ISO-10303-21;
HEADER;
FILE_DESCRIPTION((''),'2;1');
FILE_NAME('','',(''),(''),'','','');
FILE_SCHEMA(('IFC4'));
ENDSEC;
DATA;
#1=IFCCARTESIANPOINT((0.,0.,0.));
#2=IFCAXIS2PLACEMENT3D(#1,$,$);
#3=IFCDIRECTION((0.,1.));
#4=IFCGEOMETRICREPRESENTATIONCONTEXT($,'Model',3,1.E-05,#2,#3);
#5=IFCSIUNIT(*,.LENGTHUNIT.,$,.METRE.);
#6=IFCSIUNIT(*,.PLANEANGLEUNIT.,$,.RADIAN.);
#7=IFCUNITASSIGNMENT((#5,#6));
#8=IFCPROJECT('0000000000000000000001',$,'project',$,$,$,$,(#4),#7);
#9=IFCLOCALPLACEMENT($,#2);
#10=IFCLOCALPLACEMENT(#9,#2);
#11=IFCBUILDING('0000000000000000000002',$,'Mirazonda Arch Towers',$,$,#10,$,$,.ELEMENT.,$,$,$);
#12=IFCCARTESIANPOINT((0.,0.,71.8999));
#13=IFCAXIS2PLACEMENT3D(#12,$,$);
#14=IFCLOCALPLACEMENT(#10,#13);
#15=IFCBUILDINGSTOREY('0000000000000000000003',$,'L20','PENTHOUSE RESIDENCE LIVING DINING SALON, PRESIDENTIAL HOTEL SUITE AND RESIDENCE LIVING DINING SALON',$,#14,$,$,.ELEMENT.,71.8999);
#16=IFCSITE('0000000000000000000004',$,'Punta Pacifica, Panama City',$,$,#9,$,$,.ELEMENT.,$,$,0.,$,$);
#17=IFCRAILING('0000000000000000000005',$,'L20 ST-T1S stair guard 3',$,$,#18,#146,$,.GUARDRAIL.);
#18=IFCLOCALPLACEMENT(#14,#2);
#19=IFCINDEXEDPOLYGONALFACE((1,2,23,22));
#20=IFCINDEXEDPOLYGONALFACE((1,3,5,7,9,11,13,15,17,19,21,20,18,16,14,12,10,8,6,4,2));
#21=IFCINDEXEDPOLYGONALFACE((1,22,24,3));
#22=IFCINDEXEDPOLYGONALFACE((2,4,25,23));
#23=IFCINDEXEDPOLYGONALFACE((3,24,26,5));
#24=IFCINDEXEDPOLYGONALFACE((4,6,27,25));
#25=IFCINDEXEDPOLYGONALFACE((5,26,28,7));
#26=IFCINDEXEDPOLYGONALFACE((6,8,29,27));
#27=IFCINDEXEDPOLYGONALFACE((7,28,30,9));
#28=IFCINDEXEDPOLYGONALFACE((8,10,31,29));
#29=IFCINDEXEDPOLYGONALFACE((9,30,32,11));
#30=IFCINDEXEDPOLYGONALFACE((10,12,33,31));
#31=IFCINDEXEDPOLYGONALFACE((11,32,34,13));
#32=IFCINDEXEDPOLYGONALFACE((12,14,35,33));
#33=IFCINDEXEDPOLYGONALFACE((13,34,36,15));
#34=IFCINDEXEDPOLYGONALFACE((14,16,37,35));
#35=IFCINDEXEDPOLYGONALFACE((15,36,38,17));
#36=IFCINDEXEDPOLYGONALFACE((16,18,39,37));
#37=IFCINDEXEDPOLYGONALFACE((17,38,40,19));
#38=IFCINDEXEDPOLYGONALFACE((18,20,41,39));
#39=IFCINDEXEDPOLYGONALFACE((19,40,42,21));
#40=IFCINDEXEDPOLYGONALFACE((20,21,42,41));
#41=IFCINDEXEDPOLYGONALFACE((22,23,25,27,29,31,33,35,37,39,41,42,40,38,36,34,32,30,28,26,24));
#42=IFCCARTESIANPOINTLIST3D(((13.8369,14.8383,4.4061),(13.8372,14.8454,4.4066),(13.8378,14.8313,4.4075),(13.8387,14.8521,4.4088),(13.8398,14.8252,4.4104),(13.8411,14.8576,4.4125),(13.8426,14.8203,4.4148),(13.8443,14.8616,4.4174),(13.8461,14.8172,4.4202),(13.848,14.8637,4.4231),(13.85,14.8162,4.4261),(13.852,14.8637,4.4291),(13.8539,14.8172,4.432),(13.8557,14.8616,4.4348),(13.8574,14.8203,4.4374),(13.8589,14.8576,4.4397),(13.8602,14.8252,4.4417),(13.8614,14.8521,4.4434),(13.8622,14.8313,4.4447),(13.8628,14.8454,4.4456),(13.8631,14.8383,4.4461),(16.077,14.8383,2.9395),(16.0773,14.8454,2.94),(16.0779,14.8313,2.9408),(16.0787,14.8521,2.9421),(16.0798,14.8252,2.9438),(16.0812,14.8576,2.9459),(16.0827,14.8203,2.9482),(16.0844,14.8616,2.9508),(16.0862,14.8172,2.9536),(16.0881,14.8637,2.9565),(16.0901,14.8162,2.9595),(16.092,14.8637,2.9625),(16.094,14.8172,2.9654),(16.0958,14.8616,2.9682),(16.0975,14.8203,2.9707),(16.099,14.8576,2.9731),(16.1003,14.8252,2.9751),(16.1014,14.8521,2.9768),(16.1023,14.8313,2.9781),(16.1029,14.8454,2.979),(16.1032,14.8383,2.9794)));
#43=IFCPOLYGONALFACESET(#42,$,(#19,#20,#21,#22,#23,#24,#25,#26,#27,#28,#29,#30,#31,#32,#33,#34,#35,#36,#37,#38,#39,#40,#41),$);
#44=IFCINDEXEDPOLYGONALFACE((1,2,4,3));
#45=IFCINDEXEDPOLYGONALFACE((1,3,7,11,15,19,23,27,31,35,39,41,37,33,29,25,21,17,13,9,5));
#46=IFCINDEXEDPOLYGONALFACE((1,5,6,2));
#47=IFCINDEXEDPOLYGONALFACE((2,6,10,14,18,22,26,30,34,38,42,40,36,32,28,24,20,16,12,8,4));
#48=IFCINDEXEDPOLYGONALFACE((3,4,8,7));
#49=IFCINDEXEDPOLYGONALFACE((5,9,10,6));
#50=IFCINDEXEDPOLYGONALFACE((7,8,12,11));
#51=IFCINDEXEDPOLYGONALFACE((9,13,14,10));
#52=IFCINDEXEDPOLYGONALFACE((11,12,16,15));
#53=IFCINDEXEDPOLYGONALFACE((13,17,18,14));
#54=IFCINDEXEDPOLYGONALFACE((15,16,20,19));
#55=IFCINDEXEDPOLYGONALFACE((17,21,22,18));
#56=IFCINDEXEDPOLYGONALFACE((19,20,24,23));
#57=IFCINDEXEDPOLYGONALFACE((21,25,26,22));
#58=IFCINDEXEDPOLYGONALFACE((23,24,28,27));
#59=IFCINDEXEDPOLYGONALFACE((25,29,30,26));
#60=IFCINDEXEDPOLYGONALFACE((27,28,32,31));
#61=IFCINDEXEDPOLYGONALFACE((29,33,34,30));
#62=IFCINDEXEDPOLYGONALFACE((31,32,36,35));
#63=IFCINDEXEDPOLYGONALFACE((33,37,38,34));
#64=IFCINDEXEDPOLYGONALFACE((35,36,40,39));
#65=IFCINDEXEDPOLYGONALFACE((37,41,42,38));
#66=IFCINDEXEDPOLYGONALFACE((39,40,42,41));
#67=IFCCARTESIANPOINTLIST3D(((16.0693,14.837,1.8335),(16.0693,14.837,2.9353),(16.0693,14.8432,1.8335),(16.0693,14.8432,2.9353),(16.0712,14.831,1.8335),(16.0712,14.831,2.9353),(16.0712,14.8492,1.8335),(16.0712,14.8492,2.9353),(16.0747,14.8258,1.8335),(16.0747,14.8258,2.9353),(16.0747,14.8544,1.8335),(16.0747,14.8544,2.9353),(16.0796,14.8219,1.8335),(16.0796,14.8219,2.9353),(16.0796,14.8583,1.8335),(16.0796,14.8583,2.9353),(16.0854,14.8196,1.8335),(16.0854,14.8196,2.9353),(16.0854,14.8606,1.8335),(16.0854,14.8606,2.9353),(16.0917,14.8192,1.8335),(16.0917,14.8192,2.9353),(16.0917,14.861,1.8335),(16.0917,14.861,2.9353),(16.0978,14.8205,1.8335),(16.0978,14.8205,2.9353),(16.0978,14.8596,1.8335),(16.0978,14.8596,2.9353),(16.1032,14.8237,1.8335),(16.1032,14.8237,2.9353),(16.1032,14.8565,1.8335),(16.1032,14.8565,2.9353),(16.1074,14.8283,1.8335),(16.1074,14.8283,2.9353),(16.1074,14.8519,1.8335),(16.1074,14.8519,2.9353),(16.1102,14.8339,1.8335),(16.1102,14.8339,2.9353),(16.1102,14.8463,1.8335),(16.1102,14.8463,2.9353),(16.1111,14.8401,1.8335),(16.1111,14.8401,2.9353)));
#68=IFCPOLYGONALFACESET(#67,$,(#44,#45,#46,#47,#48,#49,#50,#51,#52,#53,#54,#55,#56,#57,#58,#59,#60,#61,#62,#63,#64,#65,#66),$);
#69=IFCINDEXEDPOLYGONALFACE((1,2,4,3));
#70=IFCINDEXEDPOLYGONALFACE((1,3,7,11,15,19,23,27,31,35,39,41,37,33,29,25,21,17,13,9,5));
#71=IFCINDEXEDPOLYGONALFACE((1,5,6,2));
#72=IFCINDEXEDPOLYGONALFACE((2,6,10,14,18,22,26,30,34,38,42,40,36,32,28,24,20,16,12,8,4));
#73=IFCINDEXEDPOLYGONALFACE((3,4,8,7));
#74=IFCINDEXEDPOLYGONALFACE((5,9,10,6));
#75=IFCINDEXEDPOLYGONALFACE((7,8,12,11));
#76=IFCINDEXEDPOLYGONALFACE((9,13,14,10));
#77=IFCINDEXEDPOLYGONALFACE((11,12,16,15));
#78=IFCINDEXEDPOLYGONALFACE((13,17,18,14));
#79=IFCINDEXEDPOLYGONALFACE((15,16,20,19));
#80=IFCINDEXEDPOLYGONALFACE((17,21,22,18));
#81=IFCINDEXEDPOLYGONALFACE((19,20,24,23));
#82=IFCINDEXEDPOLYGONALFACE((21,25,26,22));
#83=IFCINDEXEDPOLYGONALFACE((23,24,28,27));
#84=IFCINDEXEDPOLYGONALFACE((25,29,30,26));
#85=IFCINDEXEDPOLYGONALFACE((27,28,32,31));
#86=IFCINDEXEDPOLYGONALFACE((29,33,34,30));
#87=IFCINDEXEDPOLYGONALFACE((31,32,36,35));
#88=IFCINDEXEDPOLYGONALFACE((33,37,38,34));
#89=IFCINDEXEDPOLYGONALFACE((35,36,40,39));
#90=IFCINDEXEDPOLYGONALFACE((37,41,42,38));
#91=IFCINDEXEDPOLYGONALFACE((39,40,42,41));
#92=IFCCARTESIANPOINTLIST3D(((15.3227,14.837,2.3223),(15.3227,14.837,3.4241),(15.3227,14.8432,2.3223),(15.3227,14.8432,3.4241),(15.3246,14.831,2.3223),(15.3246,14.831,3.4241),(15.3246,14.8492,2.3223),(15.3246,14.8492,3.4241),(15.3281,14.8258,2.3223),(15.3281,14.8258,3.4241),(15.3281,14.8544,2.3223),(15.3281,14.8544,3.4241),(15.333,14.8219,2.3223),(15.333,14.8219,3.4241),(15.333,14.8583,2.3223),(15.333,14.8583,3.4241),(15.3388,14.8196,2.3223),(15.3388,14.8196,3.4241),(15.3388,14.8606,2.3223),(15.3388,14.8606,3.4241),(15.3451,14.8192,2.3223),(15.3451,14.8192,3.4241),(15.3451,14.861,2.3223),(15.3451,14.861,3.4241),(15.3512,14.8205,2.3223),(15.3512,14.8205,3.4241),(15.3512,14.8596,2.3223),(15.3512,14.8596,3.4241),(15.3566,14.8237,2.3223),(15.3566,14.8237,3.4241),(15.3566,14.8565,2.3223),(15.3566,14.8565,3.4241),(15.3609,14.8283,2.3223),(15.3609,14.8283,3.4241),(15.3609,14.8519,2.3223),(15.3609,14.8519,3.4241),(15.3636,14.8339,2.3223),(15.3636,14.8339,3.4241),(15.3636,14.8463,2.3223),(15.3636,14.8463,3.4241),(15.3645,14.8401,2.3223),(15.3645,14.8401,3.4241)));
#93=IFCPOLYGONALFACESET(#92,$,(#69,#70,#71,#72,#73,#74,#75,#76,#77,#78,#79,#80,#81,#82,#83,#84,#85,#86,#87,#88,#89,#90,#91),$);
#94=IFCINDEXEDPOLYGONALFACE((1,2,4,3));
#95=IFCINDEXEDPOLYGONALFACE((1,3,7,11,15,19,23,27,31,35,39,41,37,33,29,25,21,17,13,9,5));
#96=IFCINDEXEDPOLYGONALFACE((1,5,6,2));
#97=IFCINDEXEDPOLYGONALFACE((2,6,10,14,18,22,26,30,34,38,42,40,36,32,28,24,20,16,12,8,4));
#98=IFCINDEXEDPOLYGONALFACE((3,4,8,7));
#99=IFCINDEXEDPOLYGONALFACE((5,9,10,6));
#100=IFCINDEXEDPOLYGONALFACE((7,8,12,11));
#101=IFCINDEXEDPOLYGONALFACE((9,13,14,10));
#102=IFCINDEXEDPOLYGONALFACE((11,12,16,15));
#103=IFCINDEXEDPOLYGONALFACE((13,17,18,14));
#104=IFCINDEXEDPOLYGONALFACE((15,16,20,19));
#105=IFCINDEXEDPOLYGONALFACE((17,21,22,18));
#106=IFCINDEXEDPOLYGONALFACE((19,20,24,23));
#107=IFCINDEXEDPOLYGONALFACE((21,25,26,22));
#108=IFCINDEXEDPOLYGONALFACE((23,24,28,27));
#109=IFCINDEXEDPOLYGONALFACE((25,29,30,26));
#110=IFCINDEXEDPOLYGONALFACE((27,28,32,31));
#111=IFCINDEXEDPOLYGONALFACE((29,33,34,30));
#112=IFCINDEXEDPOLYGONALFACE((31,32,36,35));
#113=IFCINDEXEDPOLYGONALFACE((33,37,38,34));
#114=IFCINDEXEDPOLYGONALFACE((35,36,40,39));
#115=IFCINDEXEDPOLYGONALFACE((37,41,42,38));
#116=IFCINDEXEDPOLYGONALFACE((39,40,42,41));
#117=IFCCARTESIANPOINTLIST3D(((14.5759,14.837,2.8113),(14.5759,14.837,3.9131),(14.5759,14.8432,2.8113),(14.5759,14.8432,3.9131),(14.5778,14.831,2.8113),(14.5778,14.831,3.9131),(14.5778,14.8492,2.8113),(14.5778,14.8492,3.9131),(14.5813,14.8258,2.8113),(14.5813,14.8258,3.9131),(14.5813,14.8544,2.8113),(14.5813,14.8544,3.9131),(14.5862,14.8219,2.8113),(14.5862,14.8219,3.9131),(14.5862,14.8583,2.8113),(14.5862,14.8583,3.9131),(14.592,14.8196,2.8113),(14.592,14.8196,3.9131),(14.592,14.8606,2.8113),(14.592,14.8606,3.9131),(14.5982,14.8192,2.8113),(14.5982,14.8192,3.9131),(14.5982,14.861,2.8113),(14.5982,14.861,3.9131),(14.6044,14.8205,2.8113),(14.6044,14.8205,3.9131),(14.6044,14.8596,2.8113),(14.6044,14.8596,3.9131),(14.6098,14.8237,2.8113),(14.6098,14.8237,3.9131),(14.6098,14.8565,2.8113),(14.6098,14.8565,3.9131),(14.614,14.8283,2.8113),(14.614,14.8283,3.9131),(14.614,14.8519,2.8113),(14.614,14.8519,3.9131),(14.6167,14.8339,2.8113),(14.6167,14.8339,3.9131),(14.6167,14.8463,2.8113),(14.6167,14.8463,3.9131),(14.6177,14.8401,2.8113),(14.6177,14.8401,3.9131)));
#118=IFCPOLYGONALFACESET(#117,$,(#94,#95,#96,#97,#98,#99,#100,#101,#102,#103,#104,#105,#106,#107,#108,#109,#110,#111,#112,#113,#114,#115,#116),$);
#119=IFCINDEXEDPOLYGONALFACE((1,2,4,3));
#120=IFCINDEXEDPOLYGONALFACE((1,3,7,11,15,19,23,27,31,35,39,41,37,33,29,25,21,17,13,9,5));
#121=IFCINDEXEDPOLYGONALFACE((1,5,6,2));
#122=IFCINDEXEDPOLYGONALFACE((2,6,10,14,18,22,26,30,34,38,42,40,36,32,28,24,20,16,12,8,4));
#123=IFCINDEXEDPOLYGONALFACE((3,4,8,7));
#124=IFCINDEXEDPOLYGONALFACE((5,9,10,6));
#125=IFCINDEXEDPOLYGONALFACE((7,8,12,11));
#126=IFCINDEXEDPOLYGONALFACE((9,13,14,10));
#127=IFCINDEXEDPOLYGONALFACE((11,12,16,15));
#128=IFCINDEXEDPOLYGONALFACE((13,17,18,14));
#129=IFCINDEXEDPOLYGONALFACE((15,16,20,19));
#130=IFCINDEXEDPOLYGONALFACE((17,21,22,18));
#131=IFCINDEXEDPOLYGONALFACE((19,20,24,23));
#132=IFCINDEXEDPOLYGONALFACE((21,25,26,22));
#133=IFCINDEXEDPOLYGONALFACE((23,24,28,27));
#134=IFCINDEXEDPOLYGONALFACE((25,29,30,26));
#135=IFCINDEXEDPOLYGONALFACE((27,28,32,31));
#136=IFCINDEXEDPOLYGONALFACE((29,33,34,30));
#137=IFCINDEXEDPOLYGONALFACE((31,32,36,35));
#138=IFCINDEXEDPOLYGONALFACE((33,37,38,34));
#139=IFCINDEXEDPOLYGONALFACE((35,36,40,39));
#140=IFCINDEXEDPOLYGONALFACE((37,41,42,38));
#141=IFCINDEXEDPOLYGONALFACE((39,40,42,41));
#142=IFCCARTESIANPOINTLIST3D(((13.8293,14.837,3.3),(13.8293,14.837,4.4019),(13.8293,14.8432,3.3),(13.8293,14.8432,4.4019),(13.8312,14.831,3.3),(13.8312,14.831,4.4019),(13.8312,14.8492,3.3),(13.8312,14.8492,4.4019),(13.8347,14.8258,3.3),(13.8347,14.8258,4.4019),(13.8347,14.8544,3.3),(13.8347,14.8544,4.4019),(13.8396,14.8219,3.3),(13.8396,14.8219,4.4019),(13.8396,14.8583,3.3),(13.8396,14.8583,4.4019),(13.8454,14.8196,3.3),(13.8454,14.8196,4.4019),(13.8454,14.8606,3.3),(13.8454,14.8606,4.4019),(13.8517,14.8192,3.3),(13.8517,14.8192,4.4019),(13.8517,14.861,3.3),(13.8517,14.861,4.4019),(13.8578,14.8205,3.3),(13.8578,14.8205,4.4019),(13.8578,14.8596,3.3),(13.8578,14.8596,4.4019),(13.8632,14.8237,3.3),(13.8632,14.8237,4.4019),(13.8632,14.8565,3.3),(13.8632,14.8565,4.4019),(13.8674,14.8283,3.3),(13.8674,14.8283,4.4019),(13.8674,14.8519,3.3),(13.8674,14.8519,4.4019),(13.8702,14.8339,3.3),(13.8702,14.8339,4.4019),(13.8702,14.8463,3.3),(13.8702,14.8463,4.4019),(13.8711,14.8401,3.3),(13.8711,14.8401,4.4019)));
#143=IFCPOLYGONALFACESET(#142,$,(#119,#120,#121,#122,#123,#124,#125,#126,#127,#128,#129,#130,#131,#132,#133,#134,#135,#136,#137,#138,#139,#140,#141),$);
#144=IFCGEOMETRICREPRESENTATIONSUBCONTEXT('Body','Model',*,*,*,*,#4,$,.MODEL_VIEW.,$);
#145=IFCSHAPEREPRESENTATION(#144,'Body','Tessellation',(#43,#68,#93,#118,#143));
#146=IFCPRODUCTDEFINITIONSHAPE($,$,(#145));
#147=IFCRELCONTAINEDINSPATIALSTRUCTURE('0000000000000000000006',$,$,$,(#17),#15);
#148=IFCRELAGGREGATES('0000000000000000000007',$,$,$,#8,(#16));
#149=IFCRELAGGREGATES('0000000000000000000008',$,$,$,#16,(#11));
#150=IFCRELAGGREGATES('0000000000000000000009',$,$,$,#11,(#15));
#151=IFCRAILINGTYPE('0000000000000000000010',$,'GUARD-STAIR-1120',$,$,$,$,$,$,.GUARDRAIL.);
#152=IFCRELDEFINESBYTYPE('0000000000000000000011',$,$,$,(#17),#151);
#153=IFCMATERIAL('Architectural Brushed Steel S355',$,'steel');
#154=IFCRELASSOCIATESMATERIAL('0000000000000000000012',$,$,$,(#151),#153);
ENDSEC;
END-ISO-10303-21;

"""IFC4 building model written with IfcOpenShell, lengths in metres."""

from ifc_helpers import new_model, si_unit, direction, frame, origin, origin_2d, place, context, subcontext, project, spatial, circle, extrude, material, type_object, element, save


model = new_model("IFC4")

# Units and contexts
model_context = context("Model", 3, precision=1e-05, world=origin(), true_north=direction((0.0, 1.0)))
body_context = subcontext(model_context, "Body", "Model", "MODEL_VIEW")
ifc_project = project(units=[si_unit("LENGTHUNIT", "METRE"), si_unit("PLANEANGLEUNIT", "RADIAN")], contexts=[model_context])

# Site, building, storey
site_placement = place(None, origin())
site = spatial("IfcSite", under=ifc_project, at=site_placement, Name="Punta Pacifica, Panama City", CompositionType="ELEMENT", RefElevation=0.0)
building_placement = place(site_placement, origin())
building = spatial("IfcBuilding", under=site, at=building_placement, Name="Mirazonda Arch Towers", CompositionType="ELEMENT")
storey_placement = place(building_placement, frame((0.0, 0.0, 71.8999)))
storey = spatial("IfcBuildingStorey", under=building, at=storey_placement, Name="L20", Description="PENTHOUSE RESIDENCE LIVING DINING SALON, PRESIDENTIAL HOTEL SUITE AND RESIDENCE LIVING DINING SALON", CompositionType="ELEMENT", Elevation=71.8999)

# Railing
ifc_material_1 = material(Name="Architectural Brushed Steel S355", Category="steel")
railing_type_1 = type_object("IfcRailingType", Name="GUARD-STAIR-1120", PredefinedType="GUARDRAIL", material=ifc_material_1)
railing_1_placement = place(storey_placement, frame((16.0901, 14.8401, 1.8335)))
element("IfcRailing", 1, at=railing_1_placement, inside=storey, type_object=railing_type_1, Name="L20 ST-T1S stair guard 3", PredefinedType="GUARDRAIL", context=body_context, shape_type="SweptSolid", body=[
    extrude(circle(Radius=0.0239, at=origin_2d()), frame((0.0, 0.0, 1.126), z_axis=(-0.836637, 0.0, 0.547758), x_axis=(0.0, -1.0, 0.0)), (0.0, 0.0, 1.0), 2.6775),
    extrude(circle(Radius=0.021, at=origin_2d()), origin(), (0.0, 0.0, 1.0), 1.1018),
    extrude(circle(Radius=0.021, at=origin_2d()), frame((-0.7466, 0.0, 0.4888)), (0.0, 0.0, 1.0), 1.1018),
    extrude(circle(Radius=0.021, at=origin_2d()), frame((-1.4934, 0.0, 0.9778)), (0.0, 0.0, 1.0), 1.1018),
    extrude(circle(Radius=0.021, at=origin_2d()), frame((-2.24, 0.0, 1.4666)), (0.0, 0.0, 1.0), 1.1018),
])

save(model, "model.ifc")
